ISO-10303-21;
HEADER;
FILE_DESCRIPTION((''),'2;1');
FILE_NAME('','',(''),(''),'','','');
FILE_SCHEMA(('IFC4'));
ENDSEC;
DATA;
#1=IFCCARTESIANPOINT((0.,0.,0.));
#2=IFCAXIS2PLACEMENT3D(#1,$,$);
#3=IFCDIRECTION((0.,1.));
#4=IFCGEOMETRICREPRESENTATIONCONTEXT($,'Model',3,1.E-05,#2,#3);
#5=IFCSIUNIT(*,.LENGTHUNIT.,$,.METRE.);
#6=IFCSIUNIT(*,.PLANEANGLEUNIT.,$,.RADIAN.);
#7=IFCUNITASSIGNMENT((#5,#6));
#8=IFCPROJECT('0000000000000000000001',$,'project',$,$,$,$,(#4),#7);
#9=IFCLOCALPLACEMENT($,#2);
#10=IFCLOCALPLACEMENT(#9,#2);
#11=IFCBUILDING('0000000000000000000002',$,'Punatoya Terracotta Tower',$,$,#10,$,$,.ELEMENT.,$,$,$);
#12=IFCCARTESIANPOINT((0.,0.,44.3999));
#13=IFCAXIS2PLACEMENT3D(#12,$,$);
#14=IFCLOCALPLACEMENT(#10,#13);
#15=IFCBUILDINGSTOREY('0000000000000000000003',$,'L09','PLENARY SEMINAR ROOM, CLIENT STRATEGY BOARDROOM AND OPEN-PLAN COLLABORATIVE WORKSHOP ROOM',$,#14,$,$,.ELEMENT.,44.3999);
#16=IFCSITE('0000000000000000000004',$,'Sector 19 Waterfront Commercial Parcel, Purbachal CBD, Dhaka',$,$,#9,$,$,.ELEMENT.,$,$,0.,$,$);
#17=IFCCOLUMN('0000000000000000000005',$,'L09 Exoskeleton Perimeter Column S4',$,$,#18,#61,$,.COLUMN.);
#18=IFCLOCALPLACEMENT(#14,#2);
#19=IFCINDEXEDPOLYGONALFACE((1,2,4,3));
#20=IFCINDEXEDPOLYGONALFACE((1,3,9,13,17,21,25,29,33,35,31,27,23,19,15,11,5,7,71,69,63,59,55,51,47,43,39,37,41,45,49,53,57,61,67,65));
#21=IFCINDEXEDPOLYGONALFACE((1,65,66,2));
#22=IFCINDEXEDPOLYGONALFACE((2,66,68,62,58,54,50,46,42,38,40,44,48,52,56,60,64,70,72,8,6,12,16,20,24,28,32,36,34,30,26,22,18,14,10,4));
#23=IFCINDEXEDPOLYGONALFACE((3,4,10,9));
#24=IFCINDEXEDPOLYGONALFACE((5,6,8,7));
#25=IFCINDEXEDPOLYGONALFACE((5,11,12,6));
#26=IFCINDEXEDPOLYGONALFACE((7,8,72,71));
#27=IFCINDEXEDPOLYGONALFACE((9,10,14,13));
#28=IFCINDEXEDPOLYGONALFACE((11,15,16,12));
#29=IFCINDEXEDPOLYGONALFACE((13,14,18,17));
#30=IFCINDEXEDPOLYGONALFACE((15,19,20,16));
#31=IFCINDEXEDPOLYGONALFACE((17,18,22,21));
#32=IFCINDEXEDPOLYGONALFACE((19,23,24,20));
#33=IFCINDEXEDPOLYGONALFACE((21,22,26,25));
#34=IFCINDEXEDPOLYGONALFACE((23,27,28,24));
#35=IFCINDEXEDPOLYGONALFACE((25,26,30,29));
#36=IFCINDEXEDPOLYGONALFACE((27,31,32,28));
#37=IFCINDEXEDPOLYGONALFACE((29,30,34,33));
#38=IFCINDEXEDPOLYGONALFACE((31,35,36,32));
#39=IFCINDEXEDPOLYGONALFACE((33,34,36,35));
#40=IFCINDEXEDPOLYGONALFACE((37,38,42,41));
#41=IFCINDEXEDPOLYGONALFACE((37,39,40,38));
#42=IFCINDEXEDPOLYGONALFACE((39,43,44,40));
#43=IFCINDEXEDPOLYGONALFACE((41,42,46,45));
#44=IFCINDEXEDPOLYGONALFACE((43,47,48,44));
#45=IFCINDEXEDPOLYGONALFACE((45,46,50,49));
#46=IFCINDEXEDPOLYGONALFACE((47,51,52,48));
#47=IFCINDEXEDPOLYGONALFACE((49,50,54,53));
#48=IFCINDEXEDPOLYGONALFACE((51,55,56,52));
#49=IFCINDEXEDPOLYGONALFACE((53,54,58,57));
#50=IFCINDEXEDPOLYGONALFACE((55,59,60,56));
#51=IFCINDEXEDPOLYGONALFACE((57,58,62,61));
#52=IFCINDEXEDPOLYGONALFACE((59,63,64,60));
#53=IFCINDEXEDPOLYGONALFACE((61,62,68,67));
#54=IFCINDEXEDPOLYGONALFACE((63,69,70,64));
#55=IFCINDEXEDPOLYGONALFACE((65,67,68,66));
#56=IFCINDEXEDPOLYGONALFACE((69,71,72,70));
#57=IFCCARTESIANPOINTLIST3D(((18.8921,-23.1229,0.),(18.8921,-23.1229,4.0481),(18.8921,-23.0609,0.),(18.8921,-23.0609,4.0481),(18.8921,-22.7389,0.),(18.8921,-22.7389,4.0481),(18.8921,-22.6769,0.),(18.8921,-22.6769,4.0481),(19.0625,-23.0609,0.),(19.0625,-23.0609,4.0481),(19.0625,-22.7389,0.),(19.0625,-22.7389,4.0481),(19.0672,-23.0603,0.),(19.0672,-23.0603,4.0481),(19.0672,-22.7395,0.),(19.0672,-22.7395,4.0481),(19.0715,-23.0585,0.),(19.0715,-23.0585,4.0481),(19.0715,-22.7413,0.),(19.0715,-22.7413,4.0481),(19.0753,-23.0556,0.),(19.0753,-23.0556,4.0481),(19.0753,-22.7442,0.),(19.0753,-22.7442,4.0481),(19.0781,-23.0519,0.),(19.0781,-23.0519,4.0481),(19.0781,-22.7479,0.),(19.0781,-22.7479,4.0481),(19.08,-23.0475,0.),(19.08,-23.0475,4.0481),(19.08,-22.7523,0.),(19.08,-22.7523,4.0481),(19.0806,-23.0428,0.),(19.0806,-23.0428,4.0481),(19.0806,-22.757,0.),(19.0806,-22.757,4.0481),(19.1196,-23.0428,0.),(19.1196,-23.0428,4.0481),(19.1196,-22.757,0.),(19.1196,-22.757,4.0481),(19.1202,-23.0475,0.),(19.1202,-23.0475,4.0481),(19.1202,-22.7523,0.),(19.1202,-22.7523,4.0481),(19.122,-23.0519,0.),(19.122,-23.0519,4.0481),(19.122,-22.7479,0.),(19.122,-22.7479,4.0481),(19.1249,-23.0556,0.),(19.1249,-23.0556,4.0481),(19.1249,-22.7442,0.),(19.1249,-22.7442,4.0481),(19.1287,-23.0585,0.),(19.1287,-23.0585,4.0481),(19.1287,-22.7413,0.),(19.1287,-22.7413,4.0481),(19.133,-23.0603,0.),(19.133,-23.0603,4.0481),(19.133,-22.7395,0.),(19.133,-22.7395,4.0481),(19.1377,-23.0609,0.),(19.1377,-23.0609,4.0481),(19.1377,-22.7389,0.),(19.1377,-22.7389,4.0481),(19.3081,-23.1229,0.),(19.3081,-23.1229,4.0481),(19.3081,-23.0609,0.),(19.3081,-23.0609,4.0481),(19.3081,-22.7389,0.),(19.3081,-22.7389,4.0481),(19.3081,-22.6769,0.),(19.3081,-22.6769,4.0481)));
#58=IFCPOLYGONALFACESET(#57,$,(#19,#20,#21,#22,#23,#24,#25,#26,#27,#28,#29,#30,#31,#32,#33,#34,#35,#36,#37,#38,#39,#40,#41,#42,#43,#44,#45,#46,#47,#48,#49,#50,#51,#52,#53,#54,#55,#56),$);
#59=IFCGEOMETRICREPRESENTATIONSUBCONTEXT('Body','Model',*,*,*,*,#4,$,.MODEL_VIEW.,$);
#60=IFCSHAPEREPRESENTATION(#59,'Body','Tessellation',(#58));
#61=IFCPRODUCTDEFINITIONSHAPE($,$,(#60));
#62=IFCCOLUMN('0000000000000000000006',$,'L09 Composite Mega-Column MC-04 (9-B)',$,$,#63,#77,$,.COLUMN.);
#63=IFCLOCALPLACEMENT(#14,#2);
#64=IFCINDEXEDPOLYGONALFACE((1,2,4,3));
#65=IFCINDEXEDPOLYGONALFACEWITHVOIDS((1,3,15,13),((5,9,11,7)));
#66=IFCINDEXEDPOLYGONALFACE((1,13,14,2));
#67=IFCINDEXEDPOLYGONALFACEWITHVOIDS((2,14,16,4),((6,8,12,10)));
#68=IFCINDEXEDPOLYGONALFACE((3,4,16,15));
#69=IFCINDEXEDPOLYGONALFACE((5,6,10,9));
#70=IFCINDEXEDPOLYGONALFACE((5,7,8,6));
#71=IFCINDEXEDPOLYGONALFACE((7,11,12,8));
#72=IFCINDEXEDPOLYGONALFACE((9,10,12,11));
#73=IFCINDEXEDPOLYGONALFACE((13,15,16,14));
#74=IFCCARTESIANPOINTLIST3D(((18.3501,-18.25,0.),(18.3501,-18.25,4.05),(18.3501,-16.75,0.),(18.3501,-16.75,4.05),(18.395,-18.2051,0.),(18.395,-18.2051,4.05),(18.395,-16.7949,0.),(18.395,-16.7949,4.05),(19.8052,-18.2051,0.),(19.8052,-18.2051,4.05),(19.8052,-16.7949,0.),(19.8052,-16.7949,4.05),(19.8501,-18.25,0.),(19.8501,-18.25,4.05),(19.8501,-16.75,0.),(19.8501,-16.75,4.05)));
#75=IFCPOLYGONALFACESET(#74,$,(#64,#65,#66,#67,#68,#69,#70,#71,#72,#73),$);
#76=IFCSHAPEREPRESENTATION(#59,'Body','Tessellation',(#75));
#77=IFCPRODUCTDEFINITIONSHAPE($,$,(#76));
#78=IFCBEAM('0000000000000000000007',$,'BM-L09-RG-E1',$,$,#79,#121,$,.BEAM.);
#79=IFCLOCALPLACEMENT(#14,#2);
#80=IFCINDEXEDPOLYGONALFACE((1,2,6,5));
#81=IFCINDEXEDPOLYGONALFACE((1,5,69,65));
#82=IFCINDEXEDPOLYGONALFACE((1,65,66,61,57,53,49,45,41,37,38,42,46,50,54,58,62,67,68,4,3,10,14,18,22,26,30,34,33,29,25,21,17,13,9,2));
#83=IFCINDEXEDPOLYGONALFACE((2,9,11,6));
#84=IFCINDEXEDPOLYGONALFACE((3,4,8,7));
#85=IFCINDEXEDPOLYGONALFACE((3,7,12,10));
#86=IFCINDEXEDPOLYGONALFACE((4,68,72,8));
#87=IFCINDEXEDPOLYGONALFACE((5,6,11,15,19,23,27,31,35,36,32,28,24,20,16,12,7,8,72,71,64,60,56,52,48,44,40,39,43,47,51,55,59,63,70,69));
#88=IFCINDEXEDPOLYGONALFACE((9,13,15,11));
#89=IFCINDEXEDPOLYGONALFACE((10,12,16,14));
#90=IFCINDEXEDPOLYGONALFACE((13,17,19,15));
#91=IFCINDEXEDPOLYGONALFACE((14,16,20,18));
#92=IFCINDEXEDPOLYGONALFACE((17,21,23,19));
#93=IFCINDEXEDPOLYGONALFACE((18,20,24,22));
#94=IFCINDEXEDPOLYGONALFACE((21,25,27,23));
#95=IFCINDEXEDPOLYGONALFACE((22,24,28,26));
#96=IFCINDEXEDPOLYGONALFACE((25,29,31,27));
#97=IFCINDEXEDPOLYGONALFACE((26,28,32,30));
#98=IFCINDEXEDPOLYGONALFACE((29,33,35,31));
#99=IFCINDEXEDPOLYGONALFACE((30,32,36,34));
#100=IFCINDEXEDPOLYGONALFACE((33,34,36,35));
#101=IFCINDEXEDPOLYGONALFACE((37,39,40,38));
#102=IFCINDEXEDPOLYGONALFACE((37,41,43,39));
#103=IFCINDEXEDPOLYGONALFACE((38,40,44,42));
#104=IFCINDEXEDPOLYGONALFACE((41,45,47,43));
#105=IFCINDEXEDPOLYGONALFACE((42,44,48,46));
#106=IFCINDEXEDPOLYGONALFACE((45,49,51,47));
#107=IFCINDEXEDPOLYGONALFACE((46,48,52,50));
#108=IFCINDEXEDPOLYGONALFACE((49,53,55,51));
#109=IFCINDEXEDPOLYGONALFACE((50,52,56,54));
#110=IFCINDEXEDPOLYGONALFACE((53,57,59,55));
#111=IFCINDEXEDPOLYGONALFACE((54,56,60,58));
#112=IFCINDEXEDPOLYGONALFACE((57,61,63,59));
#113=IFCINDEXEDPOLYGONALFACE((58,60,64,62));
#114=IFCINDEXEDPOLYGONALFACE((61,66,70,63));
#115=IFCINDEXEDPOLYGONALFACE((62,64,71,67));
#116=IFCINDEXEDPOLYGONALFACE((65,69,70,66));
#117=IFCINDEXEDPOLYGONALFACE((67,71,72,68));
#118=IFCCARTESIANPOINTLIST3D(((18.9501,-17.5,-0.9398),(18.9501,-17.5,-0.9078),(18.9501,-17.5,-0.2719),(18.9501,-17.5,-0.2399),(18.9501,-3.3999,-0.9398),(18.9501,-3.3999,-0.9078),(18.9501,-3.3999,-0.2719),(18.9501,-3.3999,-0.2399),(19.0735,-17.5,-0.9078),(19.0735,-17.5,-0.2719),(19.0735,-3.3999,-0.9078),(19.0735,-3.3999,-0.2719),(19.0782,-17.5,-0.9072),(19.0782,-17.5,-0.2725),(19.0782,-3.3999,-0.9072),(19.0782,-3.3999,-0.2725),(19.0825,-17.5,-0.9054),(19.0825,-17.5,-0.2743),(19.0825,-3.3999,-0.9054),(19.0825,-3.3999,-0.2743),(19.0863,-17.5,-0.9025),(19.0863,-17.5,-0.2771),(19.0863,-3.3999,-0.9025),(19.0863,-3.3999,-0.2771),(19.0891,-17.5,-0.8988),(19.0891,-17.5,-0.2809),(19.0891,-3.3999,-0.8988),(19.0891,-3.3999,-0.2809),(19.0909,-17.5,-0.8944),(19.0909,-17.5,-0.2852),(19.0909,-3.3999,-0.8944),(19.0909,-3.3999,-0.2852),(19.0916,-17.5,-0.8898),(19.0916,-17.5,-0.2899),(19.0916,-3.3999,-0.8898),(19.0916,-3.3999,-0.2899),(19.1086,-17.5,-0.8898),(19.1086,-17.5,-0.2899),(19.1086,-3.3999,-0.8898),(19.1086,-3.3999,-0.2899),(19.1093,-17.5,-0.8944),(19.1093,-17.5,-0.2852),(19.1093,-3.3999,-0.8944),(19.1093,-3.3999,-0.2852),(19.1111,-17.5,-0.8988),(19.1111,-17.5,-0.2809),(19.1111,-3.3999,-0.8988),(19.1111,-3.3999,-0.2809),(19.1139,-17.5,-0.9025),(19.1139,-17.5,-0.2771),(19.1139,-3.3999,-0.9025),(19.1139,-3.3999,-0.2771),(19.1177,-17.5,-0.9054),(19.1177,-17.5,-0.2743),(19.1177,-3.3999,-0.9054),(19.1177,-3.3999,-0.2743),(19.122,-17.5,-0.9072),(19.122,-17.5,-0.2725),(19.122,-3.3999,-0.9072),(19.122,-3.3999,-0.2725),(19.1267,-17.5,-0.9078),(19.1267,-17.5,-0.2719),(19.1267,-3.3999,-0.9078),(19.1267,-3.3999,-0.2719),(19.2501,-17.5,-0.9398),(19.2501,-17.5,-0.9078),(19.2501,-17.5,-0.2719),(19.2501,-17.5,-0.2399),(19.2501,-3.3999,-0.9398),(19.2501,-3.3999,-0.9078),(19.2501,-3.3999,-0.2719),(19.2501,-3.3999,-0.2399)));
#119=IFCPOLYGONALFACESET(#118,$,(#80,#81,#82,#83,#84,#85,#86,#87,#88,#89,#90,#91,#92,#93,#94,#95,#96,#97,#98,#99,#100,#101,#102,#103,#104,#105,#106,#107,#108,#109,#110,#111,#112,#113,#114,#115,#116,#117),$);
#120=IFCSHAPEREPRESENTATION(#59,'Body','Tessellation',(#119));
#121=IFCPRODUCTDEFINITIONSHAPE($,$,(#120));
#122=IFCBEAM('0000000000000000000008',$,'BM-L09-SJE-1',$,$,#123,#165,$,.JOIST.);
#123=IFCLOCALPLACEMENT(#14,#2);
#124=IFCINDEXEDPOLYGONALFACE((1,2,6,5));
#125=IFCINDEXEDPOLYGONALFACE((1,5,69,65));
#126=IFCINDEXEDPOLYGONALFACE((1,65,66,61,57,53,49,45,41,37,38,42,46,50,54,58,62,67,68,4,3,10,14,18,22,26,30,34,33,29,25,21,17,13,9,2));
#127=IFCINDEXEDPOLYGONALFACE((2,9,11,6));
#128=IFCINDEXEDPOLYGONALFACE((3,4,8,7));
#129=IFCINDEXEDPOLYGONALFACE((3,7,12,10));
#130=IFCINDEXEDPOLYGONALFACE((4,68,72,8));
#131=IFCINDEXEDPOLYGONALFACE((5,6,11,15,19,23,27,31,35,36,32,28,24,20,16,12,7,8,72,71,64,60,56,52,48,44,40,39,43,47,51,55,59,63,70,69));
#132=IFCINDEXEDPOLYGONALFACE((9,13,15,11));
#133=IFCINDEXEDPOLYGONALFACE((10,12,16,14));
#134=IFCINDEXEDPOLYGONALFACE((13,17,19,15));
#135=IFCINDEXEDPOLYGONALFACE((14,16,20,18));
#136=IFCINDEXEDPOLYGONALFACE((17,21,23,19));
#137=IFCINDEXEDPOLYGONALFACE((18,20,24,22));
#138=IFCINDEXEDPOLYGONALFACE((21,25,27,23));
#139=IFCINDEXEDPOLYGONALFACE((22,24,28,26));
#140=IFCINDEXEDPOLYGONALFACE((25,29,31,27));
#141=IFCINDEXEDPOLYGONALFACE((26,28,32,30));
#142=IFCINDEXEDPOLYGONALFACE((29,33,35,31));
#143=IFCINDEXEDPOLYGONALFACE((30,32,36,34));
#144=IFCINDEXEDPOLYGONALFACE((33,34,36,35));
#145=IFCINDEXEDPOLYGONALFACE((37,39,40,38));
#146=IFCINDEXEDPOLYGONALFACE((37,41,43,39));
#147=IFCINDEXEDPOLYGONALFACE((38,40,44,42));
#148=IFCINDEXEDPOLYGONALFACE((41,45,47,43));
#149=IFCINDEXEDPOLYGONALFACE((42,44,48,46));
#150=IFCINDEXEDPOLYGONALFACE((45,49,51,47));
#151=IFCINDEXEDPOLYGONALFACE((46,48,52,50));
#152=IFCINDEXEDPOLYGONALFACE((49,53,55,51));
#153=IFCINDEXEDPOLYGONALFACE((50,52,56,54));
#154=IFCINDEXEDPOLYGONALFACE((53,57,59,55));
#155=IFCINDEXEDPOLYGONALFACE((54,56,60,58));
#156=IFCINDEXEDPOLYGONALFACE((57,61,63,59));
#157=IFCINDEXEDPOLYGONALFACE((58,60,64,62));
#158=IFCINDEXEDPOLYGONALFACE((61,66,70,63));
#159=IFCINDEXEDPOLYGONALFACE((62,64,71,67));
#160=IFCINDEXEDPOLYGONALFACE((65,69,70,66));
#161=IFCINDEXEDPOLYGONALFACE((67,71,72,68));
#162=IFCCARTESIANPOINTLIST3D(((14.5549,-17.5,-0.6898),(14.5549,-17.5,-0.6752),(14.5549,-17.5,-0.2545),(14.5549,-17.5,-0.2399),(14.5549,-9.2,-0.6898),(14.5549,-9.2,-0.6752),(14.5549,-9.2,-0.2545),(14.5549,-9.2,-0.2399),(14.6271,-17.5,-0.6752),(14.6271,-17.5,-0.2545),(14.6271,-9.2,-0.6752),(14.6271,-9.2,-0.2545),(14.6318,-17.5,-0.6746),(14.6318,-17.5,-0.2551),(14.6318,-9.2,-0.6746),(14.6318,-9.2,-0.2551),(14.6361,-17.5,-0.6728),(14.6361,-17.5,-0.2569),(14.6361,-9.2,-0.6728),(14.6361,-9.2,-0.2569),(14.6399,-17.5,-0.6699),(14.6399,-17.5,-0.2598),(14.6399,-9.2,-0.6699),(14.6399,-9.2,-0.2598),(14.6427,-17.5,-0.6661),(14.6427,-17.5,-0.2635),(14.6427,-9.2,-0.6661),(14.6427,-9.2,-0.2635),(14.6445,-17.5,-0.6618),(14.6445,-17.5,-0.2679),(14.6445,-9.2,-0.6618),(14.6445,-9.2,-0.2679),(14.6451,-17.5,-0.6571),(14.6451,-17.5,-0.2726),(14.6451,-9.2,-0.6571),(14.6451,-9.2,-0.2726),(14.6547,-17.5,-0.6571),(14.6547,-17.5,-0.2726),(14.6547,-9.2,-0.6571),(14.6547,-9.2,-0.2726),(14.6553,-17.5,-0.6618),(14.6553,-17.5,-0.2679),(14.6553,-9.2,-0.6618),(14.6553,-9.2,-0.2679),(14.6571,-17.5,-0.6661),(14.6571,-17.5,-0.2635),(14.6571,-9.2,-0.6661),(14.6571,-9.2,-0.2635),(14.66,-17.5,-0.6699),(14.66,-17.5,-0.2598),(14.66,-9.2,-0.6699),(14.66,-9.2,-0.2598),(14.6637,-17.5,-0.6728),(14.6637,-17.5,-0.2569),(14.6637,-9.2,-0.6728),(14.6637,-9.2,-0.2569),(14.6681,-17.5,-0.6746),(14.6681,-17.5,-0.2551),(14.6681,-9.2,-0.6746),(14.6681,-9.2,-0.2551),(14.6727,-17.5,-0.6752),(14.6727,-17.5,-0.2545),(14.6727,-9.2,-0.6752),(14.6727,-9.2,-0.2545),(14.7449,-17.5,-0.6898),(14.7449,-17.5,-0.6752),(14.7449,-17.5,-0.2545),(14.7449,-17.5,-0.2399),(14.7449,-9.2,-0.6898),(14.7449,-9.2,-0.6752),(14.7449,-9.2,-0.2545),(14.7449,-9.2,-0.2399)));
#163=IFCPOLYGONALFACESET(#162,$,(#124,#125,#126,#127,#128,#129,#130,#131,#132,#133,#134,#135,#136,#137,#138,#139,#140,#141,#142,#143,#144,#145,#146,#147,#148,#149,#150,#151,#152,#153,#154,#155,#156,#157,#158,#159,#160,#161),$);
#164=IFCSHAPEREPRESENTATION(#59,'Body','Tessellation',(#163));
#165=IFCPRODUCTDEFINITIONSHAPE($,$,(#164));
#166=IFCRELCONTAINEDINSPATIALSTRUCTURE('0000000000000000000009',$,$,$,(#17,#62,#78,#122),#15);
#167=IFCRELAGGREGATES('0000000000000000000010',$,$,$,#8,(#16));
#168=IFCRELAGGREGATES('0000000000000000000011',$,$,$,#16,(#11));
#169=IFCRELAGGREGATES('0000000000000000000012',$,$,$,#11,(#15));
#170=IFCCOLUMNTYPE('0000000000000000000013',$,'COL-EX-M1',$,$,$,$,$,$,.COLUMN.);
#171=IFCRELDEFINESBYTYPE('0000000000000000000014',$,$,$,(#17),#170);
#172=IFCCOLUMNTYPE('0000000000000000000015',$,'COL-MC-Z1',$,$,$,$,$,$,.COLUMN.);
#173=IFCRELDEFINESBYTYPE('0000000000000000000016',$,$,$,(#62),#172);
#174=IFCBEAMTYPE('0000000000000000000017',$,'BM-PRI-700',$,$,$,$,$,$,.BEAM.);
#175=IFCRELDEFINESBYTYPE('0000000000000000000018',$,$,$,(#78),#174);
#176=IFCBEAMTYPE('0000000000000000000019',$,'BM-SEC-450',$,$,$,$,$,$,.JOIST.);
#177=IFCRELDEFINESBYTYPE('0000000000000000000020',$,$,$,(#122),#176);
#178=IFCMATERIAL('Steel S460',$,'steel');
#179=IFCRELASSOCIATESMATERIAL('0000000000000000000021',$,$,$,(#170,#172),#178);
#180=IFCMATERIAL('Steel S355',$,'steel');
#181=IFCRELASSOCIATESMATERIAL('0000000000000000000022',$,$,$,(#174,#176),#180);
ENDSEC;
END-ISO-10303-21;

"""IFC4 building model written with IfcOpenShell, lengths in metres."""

from ifc_helpers import new_model, si_unit, direction, frame, origin, origin_2d, place, context, subcontext, project, spatial, hollow_rectangle, i_section, extrude, material, material_profile, profile_set, type_object, element, save


model = new_model("IFC4")

# Units and contexts
model_context = context("Model", 3, precision=1e-05, world=origin(), true_north=direction((0.0, 1.0)))
body_context = subcontext(model_context, "Body", "Model", "MODEL_VIEW")
ifc_project = project(units=[si_unit("LENGTHUNIT", "METRE"), si_unit("PLANEANGLEUNIT", "RADIAN")], contexts=[model_context])

# Site, building, storey
site_placement = place(None, origin())
site = spatial("IfcSite", under=ifc_project, at=site_placement, Name="Sector 19 Waterfront Commercial Parcel, Purbachal CBD, Dhaka", CompositionType="ELEMENT", RefElevation=0.0)
building_placement = place(site_placement, origin())
building = spatial("IfcBuilding", under=site, at=building_placement, Name="Punatoya Terracotta Tower", CompositionType="ELEMENT")
storey_placement = place(building_placement, frame((0.0, 0.0, 44.3999)))
storey = spatial("IfcBuildingStorey", under=building, at=storey_placement, Name="L09", Description="PLENARY SEMINAR ROOM, CLIENT STRATEGY BOARDROOM AND OPEN-PLAN COLLABORATIVE WORKSHOP ROOM", CompositionType="ELEMENT", Elevation=44.3999)

# Columns
ifc_material_1 = material(Name="Steel S460", Category="steel")
ifc_material_profile_1 = material_profile(ifc_material_1, i_section(OverallWidth=0.416, OverallDepth=0.446, WebThickness=0.0391, FlangeThickness=0.062, FilletRadius=0.0181, at=origin_2d()))
ifc_profile_set_1 = profile_set([ifc_material_profile_1], Name="Steel S460")
column_type_1 = type_object("IfcColumnType", Name="COL-EX-M1", PredefinedType="COLUMN", material=ifc_profile_set_1)
column_1_placement = place(storey_placement, frame((19.1001, -22.8999, 0.0), z_axis=(0.0, 0.0, 1.0), x_axis=(1.0, 0.0, 0.0)))
element("IfcColumn", 1, at=column_1_placement, inside=storey, type_object=column_type_1, Name="L09 Exoskeleton Perimeter Column S4", PredefinedType="COLUMN", context=body_context, shape_type="SweptSolid", body=[
    extrude(i_section(OverallWidth=0.416, OverallDepth=0.446, WebThickness=0.0391, FlangeThickness=0.062, FilletRadius=0.0181, at=origin_2d()), origin(), (0.0, 0.0, 1.0), 4.0481),
])
ifc_material_profile_2 = material_profile(ifc_material_1, hollow_rectangle(XDim=1.5, YDim=1.5, WallThickness=0.0449, at=origin_2d()))
ifc_profile_set_2 = profile_set([ifc_material_profile_2], Name="Steel S460")
column_type_2 = type_object("IfcColumnType", Name="COL-MC-Z1", PredefinedType="COLUMN", material=ifc_profile_set_2)
column_2_placement = place(storey_placement, frame((19.1001, -17.5, 0.0), z_axis=(0.0, 0.0, 1.0), x_axis=(1.0, 0.0, 0.0)))
element("IfcColumn", 2, at=column_2_placement, inside=storey, type_object=column_type_2, Name="L09 Composite Mega-Column MC-04 (9-B)", PredefinedType="COLUMN", context=body_context, shape_type="SweptSolid", body=[
    extrude(hollow_rectangle(XDim=1.5, YDim=1.5, WallThickness=0.0449, at=origin_2d()), origin(), (0.0, 0.0, 1.0), 4.05),
])

# Beams
ifc_material_2 = material(Name="Steel S355", Category="steel")
ifc_material_profile_3 = material_profile(ifc_material_2, i_section(OverallWidth=0.3, OverallDepth=0.7, WebThickness=0.0171, FlangeThickness=0.032, FilletRadius=0.0181, at=origin_2d()))
ifc_profile_set_3 = profile_set([ifc_material_profile_3], Name="Steel S355")
beam_type_1 = type_object("IfcBeamType", Name="BM-PRI-700", PredefinedType="BEAM", material=ifc_profile_set_3)
beam_1_placement = place(storey_placement, frame((19.1001, -17.5, -0.5898), z_axis=(0.0, 1.0, 0.0), x_axis=(-1.0, 0.0, 0.0)))
element("IfcBeam", 3, at=beam_1_placement, inside=storey, type_object=beam_type_1, Name="BM-L09-RG-E1", PredefinedType="BEAM", context=body_context, shape_type="SweptSolid", body=[
    extrude(i_section(OverallWidth=0.3, OverallDepth=0.7, WebThickness=0.0171, FlangeThickness=0.032, FilletRadius=0.0181, at=origin_2d()), origin(), (0.0, 0.0, 1.0), 14.1001),
])
ifc_material_profile_4 = material_profile(ifc_material_2, i_section(OverallWidth=0.1899, OverallDepth=0.45, WebThickness=0.0095, FlangeThickness=0.0146, FilletRadius=0.0181, at=origin_2d()))
ifc_profile_set_4 = profile_set([ifc_material_profile_4], Name="Steel S355")
beam_type_2 = type_object("IfcBeamType", Name="BM-SEC-450", PredefinedType="JOIST", material=ifc_profile_set_4)
beam_2_placement = place(storey_placement, frame((14.6499, -17.5, -0.4648), z_axis=(0.0, 1.0, 0.0), x_axis=(-1.0, 0.0, 0.0)))
element("IfcBeam", 4, at=beam_2_placement, inside=storey, type_object=beam_type_2, Name="BM-L09-SJE-1", PredefinedType="JOIST", context=body_context, shape_type="SweptSolid", body=[
    extrude(i_section(OverallWidth=0.1899, OverallDepth=0.45, WebThickness=0.0095, FlangeThickness=0.0146, FilletRadius=0.0181, at=origin_2d()), origin(), (0.0, 0.0, 1.0), 8.3),
])

save(model, "model.ifc")
